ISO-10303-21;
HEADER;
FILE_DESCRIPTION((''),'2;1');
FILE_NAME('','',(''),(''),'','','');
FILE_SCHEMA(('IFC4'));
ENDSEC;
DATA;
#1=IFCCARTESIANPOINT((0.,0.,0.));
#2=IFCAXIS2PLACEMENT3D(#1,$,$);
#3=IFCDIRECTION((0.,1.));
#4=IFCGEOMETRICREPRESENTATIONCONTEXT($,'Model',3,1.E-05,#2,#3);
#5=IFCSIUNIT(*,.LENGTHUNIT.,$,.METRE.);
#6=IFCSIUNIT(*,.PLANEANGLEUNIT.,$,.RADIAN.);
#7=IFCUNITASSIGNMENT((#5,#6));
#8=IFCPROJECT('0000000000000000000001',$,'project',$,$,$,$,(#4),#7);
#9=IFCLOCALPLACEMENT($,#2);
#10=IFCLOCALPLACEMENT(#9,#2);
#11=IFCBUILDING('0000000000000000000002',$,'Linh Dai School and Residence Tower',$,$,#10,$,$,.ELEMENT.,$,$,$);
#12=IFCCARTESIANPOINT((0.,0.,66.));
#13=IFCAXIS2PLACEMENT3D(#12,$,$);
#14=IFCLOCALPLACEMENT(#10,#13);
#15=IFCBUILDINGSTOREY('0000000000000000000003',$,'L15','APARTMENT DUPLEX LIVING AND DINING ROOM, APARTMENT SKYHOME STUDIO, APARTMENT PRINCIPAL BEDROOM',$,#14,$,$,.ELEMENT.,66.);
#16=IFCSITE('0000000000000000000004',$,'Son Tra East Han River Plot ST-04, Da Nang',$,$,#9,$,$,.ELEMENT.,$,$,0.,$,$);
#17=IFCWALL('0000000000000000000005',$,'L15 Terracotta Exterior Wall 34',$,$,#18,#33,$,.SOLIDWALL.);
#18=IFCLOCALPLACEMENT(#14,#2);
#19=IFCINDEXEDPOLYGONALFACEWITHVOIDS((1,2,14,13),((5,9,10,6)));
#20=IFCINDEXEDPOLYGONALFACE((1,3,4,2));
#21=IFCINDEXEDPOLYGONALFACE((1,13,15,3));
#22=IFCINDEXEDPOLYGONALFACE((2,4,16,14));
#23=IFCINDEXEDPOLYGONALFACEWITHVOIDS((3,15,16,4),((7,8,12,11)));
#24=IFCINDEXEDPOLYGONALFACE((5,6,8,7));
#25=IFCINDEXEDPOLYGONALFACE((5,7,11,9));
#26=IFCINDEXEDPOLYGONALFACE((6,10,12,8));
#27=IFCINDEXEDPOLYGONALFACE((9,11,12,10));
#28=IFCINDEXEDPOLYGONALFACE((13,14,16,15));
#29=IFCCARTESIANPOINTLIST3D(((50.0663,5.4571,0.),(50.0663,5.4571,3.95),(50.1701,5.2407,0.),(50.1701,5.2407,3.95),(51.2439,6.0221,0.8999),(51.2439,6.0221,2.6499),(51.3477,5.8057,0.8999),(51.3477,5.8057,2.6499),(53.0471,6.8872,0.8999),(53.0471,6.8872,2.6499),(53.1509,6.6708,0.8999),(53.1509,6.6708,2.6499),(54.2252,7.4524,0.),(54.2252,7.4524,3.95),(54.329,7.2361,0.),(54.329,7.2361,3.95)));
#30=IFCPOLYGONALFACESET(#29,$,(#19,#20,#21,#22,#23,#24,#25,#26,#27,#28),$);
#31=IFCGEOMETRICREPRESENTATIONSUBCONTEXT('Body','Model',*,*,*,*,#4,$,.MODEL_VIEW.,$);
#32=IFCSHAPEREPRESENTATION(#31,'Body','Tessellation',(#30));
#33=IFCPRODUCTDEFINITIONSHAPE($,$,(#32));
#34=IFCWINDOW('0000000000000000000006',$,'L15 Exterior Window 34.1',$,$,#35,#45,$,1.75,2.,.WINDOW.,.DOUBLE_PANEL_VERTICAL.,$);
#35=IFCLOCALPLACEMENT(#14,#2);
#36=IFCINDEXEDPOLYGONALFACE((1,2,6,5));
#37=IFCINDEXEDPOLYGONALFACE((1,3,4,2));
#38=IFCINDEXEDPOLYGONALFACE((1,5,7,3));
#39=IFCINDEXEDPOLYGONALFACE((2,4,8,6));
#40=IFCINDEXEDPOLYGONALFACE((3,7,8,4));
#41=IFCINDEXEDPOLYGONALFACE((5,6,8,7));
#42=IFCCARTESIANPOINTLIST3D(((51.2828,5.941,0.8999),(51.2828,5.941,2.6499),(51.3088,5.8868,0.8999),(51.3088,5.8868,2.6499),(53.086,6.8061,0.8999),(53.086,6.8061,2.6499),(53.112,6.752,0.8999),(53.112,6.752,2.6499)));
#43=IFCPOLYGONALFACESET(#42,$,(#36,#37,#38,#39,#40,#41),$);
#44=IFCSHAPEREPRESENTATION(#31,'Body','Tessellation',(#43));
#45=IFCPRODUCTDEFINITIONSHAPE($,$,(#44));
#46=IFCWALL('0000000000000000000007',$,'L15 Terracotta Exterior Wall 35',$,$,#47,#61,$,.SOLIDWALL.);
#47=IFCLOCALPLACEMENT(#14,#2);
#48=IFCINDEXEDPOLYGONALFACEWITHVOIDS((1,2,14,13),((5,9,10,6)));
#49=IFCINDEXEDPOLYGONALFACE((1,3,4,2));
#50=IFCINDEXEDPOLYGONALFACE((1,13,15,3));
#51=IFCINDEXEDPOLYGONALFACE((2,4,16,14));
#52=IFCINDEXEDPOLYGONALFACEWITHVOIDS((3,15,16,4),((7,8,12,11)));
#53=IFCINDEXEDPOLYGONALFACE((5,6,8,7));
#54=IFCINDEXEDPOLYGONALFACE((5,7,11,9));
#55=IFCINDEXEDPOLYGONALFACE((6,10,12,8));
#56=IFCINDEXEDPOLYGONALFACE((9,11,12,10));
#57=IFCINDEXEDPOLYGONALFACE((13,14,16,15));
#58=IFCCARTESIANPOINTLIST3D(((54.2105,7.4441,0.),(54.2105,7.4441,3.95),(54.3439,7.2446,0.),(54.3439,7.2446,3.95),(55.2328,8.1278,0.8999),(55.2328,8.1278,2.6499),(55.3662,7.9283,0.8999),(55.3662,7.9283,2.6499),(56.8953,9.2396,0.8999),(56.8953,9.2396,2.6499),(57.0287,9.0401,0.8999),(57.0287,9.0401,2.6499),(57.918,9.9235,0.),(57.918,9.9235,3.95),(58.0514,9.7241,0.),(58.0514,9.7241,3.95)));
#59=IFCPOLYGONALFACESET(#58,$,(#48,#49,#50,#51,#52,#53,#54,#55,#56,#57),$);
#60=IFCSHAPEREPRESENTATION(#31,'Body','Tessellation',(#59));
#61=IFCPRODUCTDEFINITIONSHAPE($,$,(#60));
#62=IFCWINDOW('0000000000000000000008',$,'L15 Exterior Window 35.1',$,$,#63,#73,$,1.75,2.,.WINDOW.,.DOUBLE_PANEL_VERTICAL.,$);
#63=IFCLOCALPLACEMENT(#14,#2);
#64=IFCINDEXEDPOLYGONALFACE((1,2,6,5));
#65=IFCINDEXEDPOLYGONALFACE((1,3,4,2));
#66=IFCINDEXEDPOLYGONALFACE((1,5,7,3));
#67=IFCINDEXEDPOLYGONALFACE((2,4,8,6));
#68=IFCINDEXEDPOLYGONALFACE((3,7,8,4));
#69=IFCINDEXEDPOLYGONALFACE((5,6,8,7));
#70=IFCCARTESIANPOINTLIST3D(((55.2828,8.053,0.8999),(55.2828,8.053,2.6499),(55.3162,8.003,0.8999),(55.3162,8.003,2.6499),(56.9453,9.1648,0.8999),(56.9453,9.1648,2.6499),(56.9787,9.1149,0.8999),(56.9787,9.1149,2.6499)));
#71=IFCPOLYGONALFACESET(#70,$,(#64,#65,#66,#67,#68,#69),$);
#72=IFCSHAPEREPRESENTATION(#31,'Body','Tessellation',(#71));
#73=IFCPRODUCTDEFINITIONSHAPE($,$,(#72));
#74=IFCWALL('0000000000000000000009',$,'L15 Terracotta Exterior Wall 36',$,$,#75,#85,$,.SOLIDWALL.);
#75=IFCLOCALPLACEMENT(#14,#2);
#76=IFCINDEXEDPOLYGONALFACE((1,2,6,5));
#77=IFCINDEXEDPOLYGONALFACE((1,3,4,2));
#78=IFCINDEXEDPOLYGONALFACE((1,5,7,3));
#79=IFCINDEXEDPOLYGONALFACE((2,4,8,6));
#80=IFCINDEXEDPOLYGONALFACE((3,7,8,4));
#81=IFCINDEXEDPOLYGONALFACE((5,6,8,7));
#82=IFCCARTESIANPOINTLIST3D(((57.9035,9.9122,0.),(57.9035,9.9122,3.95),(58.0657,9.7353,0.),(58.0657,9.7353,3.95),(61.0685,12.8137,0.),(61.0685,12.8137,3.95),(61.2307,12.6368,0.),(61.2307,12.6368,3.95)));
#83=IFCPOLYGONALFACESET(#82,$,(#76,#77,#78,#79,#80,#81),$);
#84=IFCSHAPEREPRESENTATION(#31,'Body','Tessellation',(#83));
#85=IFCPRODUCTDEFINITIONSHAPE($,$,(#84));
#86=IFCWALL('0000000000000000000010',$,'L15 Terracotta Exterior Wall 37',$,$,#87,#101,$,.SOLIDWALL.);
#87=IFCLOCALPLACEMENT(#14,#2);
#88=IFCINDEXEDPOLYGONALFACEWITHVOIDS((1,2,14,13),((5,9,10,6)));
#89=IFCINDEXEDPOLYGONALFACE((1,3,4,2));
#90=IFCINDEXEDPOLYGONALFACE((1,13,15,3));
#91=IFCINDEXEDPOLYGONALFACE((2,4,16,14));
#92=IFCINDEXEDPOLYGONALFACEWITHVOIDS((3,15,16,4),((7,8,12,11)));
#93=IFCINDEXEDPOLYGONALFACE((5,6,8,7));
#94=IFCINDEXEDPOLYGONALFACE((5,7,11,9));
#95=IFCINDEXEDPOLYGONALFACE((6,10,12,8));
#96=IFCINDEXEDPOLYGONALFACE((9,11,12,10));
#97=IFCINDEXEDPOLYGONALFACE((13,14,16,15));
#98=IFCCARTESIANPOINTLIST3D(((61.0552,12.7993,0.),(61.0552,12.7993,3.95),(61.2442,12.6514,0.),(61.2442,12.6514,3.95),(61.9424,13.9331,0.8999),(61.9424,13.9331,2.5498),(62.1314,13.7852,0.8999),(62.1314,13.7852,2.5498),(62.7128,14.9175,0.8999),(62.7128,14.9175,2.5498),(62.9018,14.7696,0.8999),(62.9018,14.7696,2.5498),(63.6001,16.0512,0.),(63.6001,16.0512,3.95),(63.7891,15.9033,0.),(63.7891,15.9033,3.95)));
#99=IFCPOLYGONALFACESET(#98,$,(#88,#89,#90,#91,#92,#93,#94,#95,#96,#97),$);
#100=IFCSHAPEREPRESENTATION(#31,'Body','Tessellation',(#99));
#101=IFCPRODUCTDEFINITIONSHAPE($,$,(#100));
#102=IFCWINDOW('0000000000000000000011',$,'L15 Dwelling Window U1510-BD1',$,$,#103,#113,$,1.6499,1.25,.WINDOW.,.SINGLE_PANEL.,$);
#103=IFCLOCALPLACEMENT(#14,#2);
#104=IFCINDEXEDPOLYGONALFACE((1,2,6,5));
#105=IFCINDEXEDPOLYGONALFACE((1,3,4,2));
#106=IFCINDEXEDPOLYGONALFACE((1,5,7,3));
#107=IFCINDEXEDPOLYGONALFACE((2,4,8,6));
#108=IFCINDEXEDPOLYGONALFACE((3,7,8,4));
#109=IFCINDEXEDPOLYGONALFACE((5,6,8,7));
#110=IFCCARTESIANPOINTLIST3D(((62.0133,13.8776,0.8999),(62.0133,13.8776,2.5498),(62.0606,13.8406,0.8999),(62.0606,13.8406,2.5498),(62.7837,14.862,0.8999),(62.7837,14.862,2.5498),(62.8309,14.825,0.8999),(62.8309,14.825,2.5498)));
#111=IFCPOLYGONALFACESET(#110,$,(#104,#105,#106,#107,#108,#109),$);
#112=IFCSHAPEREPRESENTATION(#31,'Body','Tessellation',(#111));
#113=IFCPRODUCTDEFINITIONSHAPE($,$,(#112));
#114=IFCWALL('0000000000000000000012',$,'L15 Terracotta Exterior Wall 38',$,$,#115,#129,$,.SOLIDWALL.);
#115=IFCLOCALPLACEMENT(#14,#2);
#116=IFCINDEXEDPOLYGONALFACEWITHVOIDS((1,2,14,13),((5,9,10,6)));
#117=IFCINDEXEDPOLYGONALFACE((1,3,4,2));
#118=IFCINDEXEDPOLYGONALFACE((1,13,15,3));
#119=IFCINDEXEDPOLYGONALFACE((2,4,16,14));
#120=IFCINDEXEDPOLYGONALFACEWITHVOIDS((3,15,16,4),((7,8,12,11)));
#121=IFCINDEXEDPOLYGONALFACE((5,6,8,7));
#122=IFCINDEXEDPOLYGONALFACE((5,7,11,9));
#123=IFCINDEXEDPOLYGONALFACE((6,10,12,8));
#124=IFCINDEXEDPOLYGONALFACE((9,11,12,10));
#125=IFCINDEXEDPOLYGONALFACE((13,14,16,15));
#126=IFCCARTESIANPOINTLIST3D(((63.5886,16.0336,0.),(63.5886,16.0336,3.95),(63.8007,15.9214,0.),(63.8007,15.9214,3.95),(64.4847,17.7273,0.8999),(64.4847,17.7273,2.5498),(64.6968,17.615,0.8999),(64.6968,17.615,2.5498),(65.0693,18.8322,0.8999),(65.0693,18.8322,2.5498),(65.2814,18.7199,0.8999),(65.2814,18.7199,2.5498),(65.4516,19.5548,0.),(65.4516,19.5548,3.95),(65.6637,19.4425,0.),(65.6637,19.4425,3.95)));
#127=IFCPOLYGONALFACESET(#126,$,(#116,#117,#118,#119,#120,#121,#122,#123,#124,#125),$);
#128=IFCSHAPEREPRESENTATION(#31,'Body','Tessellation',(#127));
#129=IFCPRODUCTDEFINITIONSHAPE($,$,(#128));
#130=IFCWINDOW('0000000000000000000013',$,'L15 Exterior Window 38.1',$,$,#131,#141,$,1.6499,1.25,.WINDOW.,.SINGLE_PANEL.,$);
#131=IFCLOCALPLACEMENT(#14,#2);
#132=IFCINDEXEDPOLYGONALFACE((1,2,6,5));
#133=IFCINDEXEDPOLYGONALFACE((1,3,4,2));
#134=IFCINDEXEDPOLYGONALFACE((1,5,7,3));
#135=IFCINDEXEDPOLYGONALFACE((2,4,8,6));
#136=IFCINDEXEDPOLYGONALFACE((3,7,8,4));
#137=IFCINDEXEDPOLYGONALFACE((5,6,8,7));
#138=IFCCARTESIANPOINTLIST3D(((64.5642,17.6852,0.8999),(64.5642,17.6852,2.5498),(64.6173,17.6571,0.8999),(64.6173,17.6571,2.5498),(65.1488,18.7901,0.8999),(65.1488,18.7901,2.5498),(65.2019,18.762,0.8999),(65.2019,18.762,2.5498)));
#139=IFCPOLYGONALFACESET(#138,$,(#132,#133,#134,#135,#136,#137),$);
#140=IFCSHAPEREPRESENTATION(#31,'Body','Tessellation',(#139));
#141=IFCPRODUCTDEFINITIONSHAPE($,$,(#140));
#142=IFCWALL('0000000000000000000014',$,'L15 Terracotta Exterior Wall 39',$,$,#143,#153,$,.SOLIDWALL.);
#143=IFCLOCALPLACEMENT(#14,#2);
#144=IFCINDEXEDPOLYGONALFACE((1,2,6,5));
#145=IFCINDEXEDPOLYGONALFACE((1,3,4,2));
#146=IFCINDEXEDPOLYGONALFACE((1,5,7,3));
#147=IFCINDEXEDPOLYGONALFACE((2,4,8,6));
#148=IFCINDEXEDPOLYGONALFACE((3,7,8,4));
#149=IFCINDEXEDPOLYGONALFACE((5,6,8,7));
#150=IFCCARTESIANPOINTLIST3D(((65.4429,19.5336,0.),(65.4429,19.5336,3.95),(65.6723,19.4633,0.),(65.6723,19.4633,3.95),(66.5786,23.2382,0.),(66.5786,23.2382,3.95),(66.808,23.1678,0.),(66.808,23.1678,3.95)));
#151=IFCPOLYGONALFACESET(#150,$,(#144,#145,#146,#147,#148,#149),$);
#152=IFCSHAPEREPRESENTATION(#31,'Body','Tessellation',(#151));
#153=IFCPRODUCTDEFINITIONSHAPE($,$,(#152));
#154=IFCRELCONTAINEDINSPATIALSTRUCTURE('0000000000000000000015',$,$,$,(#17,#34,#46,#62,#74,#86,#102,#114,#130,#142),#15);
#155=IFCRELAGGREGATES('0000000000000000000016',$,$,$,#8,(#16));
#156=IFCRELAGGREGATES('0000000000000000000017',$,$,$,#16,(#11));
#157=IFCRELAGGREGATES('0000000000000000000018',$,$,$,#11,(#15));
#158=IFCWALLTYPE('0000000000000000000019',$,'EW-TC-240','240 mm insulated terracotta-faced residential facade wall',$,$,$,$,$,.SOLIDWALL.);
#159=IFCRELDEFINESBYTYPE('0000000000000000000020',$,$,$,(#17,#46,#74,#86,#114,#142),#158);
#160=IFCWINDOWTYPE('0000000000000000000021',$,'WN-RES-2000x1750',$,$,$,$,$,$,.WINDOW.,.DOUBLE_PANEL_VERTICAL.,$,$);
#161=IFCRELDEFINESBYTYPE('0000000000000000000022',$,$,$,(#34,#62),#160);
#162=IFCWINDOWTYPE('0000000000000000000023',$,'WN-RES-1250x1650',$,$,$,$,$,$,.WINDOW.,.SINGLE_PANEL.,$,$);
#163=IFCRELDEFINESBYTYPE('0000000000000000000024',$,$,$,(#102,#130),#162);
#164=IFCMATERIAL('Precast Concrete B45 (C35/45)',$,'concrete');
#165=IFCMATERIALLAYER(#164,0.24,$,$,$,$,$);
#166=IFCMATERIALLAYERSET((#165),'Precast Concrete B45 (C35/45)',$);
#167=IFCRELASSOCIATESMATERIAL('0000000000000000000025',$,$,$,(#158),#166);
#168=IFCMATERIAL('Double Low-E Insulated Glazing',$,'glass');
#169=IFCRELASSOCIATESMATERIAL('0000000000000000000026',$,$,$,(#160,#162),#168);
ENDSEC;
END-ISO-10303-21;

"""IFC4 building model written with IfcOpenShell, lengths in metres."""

from ifc_helpers import new_model, si_unit, direction, frame, frame_2d, origin, origin_2d, place, context, subcontext, project, spatial, rectangle, extrude, source, transform, mapped, material, layer, layer_set, type_object, element, fill, save


model = new_model("IFC4")

# Units and contexts
model_context = context("Model", 3, precision=1e-05, world=origin(), true_north=direction((0.0, 1.0)))
body_context = subcontext(model_context, "Body", "Model", "MODEL_VIEW")
ifc_project = project(units=[si_unit("LENGTHUNIT", "METRE"), si_unit("PLANEANGLEUNIT", "RADIAN")], contexts=[model_context])

# Site, building, storey
site_placement = place(None, origin())
site = spatial("IfcSite", under=ifc_project, at=site_placement, Name="Son Tra East Han River Plot ST-04, Da Nang", CompositionType="ELEMENT", RefElevation=0.0)
building_placement = place(site_placement, origin())
building = spatial("IfcBuilding", under=site, at=building_placement, Name="Linh Dai School and Residence Tower", CompositionType="ELEMENT")
storey_placement = place(building_placement, frame((0.0, 0.0, 66.0)))
storey = spatial("IfcBuildingStorey", under=building, at=storey_placement, Name="L15", Description="APARTMENT DUPLEX LIVING AND DINING ROOM, APARTMENT SKYHOME STUDIO, APARTMENT PRINCIPAL BEDROOM", CompositionType="ELEMENT", Elevation=66.0)

# Shared definitions
ifc_material_1 = material(Name="Precast Concrete B45 (C35/45)", Category="concrete")

# Shared definitions
ifc_layer_1 = layer(ifc_material_1, 0.24)
ifc_layer_set_1 = layer_set([ifc_layer_1], Name="Precast Concrete B45 (C35/45)")
wall_type_1 = type_object("IfcWallType", Name="EW-TC-240", Description="240 mm insulated terracotta-faced residential facade wall", PredefinedType="SOLIDWALL", material=ifc_layer_set_1)

# Walls, openings, windows
wall_1_placement = place(storey_placement, frame((54.2771, 7.3442, 0.0), z_axis=(0.0, 0.0, 1.0), x_axis=(-0.901602, -0.432568, 0.0)))
wall_1 = element("IfcWall", 1, at=wall_1_placement, inside=storey, type_object=wall_type_1, Name="L15 Terracotta Exterior Wall 34", PredefinedType="SOLIDWALL", context=body_context, shape_type="SweptSolid", body=[
    extrude(rectangle(XDim=4.6128, YDim=0.24, at=frame_2d((2.3064, 0.0))), origin(), (0.0, 0.0, 1.0), 3.95),
])
opening_1_placement = place(wall_1_placement, frame((1.3066, 0.0, 0.8999)))
opening_1 = element("IfcOpeningElement", 2, at=opening_1_placement, cuts=wall_1, PredefinedType="OPENING", context=body_context, shape_type="SweptSolid", body=[
    extrude(rectangle(XDim=2.0, YDim=1.75, at=origin_2d()), frame((1.0, 0.1299, 0.875), z_axis=(0.0, -1.0, 0.0), x_axis=(1.0, 0.0, 0.0)), (0.0, 0.0, 1.0), 0.26),
])
ifc_material_2 = material(Name="Double Low-E Insulated Glazing", Category="glass")
window_type_1 = type_object("IfcWindowType", Name="WN-RES-2000x1750", PartitioningType="DOUBLE_PANEL_VERTICAL", PredefinedType="WINDOW", material=ifc_material_2)
shared_shape_1 = source(origin(), body_context, "Body", "SweptSolid", [
    extrude(rectangle(XDim=2.0, YDim=1.75, at=origin_2d()), frame((1.0, 0.03, 0.875), z_axis=(0.0, -1.0, 0.0), x_axis=(1.0, 0.0, 0.0)), (0.0, 0.0, 1.0), 0.0601),
])
window_1_placement = place(opening_1_placement, origin())
window_1 = element("IfcWindow", 3, at=window_1_placement, inside=storey, type_object=window_type_1, Name="L15 Exterior Window 34.1", OverallHeight=1.75, OverallWidth=2.0, PartitioningType="DOUBLE_PANEL_VERTICAL", PredefinedType="WINDOW", context=body_context, shape_type="MappedRepresentation", body=[
    mapped(shared_shape_1, transform((0.0, 0.0, 0.0), x_axis=(1.0, 0.0, 0.0), y_axis=(0.0, 1.0, 0.0), z_axis=(0.0, 0.0, 1.0), scale=1.0)),
])
fill(opening_1, window_1)
wall_2_placement = place(storey_placement, frame((57.9846, 9.8237, 0.0), z_axis=(0.0, 0.0, 1.0), x_axis=(-0.831241, -0.555912, 0.0)))
wall_2 = element("IfcWall", 4, at=wall_2_placement, inside=storey, type_object=wall_type_1, Name="L15 Terracotta Exterior Wall 35", PredefinedType="SOLIDWALL", context=body_context, shape_type="SweptSolid", body=[
    extrude(rectangle(XDim=4.4602, YDim=0.24, at=frame_2d((2.23, 0.0))), origin(), (0.0, 0.0, 1.0), 3.95),
])
opening_2_placement = place(wall_2_placement, frame((1.2302, 0.0, 0.8999)))
opening_2 = element("IfcOpeningElement", 5, at=opening_2_placement, cuts=wall_2, PredefinedType="OPENING", context=body_context, shape_type="SweptSolid", body=[
    extrude(rectangle(XDim=2.0, YDim=1.75, at=origin_2d()), frame((1.0, 0.1299, 0.875), z_axis=(0.0, -1.0, 0.0), x_axis=(1.0, 0.0, 0.0)), (0.0, 0.0, 1.0), 0.26),
])
window_2_placement = place(opening_2_placement, origin())
window_2 = element("IfcWindow", 6, at=window_2_placement, inside=storey, type_object=window_type_1, Name="L15 Exterior Window 35.1", OverallHeight=1.75, OverallWidth=2.0, PartitioningType="DOUBLE_PANEL_VERTICAL", PredefinedType="WINDOW", context=body_context, shape_type="MappedRepresentation", body=[
    mapped(shared_shape_1, transform((0.0, 0.0, 0.0), x_axis=(1.0, 0.0, 0.0), y_axis=(0.0, 1.0, 0.0), z_axis=(0.0, 0.0, 1.0), scale=1.0)),
])
fill(opening_2, window_2)

# Wall
wall_3_placement = place(storey_placement, frame((61.1497, 12.7253, 0.0), z_axis=(0.0, 0.0, 1.0), x_axis=(-0.737116, -0.675766, 0.0)))
element("IfcWall", 7, at=wall_3_placement, inside=storey, type_object=wall_type_1, Name="L15 Terracotta Exterior Wall 36", PredefinedType="SOLIDWALL", context=body_context, shape_type="SweptSolid", body=[
    extrude(rectangle(XDim=4.2937, YDim=0.24, at=frame_2d((2.147, 0.0))), origin(), (0.0, 0.0, 1.0), 3.95),
])

# Walls, openings, windows
wall_4_placement = place(storey_placement, frame((63.6946, 15.9773, 0.0), z_axis=(0.0, 0.0, 1.0), x_axis=(-0.616296, -0.787515, 0.0)))
wall_4 = element("IfcWall", 8, at=wall_4_placement, inside=storey, type_object=wall_type_1, Name="L15 Terracotta Exterior Wall 37", PredefinedType="SOLIDWALL", context=body_context, shape_type="SweptSolid", body=[
    extrude(rectangle(XDim=4.1294, YDim=0.24, at=frame_2d((2.0647, 0.0))), origin(), (0.0, 0.0, 1.0), 3.95),
])
opening_3_placement = place(wall_4_placement, frame((1.4397, 0.0, 0.8999)))
opening_3 = element("IfcOpeningElement", 9, at=opening_3_placement, cuts=wall_4, PredefinedType="OPENING", context=body_context, shape_type="SweptSolid", body=[
    extrude(rectangle(XDim=1.25, YDim=1.6499, at=origin_2d()), frame((0.625, 0.1299, 0.825), z_axis=(0.0, -1.0, 0.0), x_axis=(1.0, 0.0, 0.0)), (0.0, 0.0, 1.0), 0.26),
])
window_type_2 = type_object("IfcWindowType", Name="WN-RES-1250x1650", PartitioningType="SINGLE_PANEL", PredefinedType="WINDOW", material=ifc_material_2)
shared_shape_2 = source(origin(), body_context, "Body", "SweptSolid", [
    extrude(rectangle(XDim=1.25, YDim=1.6499, at=origin_2d()), frame((0.625, 0.03, 0.825), z_axis=(0.0, -1.0, 0.0), x_axis=(1.0, 0.0, 0.0)), (0.0, 0.0, 1.0), 0.0601),
])
window_3_placement = place(opening_3_placement, origin())
window_3 = element("IfcWindow", 10, at=window_3_placement, inside=storey, type_object=window_type_2, Name="L15 Dwelling Window U1510-BD1", OverallHeight=1.6499, OverallWidth=1.25, PartitioningType="SINGLE_PANEL", PredefinedType="WINDOW", context=body_context, shape_type="MappedRepresentation", body=[
    mapped(shared_shape_2, transform((0.0, 0.0, 0.0), x_axis=(1.0, 0.0, 0.0), y_axis=(0.0, 1.0, 0.0), z_axis=(0.0, 0.0, 1.0), scale=1.0)),
])
fill(opening_3, window_3)
wall_5_placement = place(storey_placement, frame((65.5576, 19.4985, 0.0), z_axis=(0.0, 0.0, 1.0), x_axis=(-0.467662, -0.883907, 0.0)))
wall_5 = element("IfcWall", 11, at=wall_5_placement, inside=storey, type_object=wall_type_1, Name="L15 Terracotta Exterior Wall 38", PredefinedType="SOLIDWALL", context=body_context, shape_type="SweptSolid", body=[
    extrude(rectangle(XDim=3.9836, YDim=0.24, at=frame_2d((1.9917, 0.0))), origin(), (0.0, 0.0, 1.0), 3.95),
])
opening_4_placement = place(wall_5_placement, frame((0.8174, 0.0, 0.8999)))
opening_4 = element("IfcOpeningElement", 12, at=opening_4_placement, cuts=wall_5, PredefinedType="OPENING", context=body_context, shape_type="SweptSolid", body=[
    extrude(rectangle(XDim=1.25, YDim=1.6499, at=origin_2d()), frame((0.625, 0.1299, 0.825), z_axis=(0.0, -1.0, 0.0), x_axis=(1.0, 0.0, 0.0)), (0.0, 0.0, 1.0), 0.26),
])
window_4_placement = place(opening_4_placement, origin())
window_4 = element("IfcWindow", 13, at=window_4_placement, inside=storey, type_object=window_type_2, Name="L15 Exterior Window 38.1", OverallHeight=1.6499, OverallWidth=1.25, PartitioningType="SINGLE_PANEL", PredefinedType="WINDOW", context=body_context, shape_type="MappedRepresentation", body=[
    mapped(shared_shape_2, transform((0.0, 0.0, 0.0), x_axis=(1.0, 0.0, 0.0), y_axis=(0.0, 1.0, 0.0), z_axis=(0.0, 0.0, 1.0), scale=1.0)),
])
fill(opening_4, window_4)

# Wall
wall_6_placement = place(storey_placement, frame((66.6934, 23.2031, 0.0), z_axis=(0.0, 0.0, 1.0), x_axis=(-0.293112, -0.956078, 0.0)))
element("IfcWall", 14, at=wall_6_placement, inside=storey, type_object=wall_type_1, Name="L15 Terracotta Exterior Wall 39", PredefinedType="SOLIDWALL", context=body_context, shape_type="SweptSolid", body=[
    extrude(rectangle(XDim=3.8748, YDim=0.24, at=frame_2d((1.9375, 0.0))), origin(), (0.0, 0.0, 1.0), 3.95),
])

save(model, "model.ifc")
